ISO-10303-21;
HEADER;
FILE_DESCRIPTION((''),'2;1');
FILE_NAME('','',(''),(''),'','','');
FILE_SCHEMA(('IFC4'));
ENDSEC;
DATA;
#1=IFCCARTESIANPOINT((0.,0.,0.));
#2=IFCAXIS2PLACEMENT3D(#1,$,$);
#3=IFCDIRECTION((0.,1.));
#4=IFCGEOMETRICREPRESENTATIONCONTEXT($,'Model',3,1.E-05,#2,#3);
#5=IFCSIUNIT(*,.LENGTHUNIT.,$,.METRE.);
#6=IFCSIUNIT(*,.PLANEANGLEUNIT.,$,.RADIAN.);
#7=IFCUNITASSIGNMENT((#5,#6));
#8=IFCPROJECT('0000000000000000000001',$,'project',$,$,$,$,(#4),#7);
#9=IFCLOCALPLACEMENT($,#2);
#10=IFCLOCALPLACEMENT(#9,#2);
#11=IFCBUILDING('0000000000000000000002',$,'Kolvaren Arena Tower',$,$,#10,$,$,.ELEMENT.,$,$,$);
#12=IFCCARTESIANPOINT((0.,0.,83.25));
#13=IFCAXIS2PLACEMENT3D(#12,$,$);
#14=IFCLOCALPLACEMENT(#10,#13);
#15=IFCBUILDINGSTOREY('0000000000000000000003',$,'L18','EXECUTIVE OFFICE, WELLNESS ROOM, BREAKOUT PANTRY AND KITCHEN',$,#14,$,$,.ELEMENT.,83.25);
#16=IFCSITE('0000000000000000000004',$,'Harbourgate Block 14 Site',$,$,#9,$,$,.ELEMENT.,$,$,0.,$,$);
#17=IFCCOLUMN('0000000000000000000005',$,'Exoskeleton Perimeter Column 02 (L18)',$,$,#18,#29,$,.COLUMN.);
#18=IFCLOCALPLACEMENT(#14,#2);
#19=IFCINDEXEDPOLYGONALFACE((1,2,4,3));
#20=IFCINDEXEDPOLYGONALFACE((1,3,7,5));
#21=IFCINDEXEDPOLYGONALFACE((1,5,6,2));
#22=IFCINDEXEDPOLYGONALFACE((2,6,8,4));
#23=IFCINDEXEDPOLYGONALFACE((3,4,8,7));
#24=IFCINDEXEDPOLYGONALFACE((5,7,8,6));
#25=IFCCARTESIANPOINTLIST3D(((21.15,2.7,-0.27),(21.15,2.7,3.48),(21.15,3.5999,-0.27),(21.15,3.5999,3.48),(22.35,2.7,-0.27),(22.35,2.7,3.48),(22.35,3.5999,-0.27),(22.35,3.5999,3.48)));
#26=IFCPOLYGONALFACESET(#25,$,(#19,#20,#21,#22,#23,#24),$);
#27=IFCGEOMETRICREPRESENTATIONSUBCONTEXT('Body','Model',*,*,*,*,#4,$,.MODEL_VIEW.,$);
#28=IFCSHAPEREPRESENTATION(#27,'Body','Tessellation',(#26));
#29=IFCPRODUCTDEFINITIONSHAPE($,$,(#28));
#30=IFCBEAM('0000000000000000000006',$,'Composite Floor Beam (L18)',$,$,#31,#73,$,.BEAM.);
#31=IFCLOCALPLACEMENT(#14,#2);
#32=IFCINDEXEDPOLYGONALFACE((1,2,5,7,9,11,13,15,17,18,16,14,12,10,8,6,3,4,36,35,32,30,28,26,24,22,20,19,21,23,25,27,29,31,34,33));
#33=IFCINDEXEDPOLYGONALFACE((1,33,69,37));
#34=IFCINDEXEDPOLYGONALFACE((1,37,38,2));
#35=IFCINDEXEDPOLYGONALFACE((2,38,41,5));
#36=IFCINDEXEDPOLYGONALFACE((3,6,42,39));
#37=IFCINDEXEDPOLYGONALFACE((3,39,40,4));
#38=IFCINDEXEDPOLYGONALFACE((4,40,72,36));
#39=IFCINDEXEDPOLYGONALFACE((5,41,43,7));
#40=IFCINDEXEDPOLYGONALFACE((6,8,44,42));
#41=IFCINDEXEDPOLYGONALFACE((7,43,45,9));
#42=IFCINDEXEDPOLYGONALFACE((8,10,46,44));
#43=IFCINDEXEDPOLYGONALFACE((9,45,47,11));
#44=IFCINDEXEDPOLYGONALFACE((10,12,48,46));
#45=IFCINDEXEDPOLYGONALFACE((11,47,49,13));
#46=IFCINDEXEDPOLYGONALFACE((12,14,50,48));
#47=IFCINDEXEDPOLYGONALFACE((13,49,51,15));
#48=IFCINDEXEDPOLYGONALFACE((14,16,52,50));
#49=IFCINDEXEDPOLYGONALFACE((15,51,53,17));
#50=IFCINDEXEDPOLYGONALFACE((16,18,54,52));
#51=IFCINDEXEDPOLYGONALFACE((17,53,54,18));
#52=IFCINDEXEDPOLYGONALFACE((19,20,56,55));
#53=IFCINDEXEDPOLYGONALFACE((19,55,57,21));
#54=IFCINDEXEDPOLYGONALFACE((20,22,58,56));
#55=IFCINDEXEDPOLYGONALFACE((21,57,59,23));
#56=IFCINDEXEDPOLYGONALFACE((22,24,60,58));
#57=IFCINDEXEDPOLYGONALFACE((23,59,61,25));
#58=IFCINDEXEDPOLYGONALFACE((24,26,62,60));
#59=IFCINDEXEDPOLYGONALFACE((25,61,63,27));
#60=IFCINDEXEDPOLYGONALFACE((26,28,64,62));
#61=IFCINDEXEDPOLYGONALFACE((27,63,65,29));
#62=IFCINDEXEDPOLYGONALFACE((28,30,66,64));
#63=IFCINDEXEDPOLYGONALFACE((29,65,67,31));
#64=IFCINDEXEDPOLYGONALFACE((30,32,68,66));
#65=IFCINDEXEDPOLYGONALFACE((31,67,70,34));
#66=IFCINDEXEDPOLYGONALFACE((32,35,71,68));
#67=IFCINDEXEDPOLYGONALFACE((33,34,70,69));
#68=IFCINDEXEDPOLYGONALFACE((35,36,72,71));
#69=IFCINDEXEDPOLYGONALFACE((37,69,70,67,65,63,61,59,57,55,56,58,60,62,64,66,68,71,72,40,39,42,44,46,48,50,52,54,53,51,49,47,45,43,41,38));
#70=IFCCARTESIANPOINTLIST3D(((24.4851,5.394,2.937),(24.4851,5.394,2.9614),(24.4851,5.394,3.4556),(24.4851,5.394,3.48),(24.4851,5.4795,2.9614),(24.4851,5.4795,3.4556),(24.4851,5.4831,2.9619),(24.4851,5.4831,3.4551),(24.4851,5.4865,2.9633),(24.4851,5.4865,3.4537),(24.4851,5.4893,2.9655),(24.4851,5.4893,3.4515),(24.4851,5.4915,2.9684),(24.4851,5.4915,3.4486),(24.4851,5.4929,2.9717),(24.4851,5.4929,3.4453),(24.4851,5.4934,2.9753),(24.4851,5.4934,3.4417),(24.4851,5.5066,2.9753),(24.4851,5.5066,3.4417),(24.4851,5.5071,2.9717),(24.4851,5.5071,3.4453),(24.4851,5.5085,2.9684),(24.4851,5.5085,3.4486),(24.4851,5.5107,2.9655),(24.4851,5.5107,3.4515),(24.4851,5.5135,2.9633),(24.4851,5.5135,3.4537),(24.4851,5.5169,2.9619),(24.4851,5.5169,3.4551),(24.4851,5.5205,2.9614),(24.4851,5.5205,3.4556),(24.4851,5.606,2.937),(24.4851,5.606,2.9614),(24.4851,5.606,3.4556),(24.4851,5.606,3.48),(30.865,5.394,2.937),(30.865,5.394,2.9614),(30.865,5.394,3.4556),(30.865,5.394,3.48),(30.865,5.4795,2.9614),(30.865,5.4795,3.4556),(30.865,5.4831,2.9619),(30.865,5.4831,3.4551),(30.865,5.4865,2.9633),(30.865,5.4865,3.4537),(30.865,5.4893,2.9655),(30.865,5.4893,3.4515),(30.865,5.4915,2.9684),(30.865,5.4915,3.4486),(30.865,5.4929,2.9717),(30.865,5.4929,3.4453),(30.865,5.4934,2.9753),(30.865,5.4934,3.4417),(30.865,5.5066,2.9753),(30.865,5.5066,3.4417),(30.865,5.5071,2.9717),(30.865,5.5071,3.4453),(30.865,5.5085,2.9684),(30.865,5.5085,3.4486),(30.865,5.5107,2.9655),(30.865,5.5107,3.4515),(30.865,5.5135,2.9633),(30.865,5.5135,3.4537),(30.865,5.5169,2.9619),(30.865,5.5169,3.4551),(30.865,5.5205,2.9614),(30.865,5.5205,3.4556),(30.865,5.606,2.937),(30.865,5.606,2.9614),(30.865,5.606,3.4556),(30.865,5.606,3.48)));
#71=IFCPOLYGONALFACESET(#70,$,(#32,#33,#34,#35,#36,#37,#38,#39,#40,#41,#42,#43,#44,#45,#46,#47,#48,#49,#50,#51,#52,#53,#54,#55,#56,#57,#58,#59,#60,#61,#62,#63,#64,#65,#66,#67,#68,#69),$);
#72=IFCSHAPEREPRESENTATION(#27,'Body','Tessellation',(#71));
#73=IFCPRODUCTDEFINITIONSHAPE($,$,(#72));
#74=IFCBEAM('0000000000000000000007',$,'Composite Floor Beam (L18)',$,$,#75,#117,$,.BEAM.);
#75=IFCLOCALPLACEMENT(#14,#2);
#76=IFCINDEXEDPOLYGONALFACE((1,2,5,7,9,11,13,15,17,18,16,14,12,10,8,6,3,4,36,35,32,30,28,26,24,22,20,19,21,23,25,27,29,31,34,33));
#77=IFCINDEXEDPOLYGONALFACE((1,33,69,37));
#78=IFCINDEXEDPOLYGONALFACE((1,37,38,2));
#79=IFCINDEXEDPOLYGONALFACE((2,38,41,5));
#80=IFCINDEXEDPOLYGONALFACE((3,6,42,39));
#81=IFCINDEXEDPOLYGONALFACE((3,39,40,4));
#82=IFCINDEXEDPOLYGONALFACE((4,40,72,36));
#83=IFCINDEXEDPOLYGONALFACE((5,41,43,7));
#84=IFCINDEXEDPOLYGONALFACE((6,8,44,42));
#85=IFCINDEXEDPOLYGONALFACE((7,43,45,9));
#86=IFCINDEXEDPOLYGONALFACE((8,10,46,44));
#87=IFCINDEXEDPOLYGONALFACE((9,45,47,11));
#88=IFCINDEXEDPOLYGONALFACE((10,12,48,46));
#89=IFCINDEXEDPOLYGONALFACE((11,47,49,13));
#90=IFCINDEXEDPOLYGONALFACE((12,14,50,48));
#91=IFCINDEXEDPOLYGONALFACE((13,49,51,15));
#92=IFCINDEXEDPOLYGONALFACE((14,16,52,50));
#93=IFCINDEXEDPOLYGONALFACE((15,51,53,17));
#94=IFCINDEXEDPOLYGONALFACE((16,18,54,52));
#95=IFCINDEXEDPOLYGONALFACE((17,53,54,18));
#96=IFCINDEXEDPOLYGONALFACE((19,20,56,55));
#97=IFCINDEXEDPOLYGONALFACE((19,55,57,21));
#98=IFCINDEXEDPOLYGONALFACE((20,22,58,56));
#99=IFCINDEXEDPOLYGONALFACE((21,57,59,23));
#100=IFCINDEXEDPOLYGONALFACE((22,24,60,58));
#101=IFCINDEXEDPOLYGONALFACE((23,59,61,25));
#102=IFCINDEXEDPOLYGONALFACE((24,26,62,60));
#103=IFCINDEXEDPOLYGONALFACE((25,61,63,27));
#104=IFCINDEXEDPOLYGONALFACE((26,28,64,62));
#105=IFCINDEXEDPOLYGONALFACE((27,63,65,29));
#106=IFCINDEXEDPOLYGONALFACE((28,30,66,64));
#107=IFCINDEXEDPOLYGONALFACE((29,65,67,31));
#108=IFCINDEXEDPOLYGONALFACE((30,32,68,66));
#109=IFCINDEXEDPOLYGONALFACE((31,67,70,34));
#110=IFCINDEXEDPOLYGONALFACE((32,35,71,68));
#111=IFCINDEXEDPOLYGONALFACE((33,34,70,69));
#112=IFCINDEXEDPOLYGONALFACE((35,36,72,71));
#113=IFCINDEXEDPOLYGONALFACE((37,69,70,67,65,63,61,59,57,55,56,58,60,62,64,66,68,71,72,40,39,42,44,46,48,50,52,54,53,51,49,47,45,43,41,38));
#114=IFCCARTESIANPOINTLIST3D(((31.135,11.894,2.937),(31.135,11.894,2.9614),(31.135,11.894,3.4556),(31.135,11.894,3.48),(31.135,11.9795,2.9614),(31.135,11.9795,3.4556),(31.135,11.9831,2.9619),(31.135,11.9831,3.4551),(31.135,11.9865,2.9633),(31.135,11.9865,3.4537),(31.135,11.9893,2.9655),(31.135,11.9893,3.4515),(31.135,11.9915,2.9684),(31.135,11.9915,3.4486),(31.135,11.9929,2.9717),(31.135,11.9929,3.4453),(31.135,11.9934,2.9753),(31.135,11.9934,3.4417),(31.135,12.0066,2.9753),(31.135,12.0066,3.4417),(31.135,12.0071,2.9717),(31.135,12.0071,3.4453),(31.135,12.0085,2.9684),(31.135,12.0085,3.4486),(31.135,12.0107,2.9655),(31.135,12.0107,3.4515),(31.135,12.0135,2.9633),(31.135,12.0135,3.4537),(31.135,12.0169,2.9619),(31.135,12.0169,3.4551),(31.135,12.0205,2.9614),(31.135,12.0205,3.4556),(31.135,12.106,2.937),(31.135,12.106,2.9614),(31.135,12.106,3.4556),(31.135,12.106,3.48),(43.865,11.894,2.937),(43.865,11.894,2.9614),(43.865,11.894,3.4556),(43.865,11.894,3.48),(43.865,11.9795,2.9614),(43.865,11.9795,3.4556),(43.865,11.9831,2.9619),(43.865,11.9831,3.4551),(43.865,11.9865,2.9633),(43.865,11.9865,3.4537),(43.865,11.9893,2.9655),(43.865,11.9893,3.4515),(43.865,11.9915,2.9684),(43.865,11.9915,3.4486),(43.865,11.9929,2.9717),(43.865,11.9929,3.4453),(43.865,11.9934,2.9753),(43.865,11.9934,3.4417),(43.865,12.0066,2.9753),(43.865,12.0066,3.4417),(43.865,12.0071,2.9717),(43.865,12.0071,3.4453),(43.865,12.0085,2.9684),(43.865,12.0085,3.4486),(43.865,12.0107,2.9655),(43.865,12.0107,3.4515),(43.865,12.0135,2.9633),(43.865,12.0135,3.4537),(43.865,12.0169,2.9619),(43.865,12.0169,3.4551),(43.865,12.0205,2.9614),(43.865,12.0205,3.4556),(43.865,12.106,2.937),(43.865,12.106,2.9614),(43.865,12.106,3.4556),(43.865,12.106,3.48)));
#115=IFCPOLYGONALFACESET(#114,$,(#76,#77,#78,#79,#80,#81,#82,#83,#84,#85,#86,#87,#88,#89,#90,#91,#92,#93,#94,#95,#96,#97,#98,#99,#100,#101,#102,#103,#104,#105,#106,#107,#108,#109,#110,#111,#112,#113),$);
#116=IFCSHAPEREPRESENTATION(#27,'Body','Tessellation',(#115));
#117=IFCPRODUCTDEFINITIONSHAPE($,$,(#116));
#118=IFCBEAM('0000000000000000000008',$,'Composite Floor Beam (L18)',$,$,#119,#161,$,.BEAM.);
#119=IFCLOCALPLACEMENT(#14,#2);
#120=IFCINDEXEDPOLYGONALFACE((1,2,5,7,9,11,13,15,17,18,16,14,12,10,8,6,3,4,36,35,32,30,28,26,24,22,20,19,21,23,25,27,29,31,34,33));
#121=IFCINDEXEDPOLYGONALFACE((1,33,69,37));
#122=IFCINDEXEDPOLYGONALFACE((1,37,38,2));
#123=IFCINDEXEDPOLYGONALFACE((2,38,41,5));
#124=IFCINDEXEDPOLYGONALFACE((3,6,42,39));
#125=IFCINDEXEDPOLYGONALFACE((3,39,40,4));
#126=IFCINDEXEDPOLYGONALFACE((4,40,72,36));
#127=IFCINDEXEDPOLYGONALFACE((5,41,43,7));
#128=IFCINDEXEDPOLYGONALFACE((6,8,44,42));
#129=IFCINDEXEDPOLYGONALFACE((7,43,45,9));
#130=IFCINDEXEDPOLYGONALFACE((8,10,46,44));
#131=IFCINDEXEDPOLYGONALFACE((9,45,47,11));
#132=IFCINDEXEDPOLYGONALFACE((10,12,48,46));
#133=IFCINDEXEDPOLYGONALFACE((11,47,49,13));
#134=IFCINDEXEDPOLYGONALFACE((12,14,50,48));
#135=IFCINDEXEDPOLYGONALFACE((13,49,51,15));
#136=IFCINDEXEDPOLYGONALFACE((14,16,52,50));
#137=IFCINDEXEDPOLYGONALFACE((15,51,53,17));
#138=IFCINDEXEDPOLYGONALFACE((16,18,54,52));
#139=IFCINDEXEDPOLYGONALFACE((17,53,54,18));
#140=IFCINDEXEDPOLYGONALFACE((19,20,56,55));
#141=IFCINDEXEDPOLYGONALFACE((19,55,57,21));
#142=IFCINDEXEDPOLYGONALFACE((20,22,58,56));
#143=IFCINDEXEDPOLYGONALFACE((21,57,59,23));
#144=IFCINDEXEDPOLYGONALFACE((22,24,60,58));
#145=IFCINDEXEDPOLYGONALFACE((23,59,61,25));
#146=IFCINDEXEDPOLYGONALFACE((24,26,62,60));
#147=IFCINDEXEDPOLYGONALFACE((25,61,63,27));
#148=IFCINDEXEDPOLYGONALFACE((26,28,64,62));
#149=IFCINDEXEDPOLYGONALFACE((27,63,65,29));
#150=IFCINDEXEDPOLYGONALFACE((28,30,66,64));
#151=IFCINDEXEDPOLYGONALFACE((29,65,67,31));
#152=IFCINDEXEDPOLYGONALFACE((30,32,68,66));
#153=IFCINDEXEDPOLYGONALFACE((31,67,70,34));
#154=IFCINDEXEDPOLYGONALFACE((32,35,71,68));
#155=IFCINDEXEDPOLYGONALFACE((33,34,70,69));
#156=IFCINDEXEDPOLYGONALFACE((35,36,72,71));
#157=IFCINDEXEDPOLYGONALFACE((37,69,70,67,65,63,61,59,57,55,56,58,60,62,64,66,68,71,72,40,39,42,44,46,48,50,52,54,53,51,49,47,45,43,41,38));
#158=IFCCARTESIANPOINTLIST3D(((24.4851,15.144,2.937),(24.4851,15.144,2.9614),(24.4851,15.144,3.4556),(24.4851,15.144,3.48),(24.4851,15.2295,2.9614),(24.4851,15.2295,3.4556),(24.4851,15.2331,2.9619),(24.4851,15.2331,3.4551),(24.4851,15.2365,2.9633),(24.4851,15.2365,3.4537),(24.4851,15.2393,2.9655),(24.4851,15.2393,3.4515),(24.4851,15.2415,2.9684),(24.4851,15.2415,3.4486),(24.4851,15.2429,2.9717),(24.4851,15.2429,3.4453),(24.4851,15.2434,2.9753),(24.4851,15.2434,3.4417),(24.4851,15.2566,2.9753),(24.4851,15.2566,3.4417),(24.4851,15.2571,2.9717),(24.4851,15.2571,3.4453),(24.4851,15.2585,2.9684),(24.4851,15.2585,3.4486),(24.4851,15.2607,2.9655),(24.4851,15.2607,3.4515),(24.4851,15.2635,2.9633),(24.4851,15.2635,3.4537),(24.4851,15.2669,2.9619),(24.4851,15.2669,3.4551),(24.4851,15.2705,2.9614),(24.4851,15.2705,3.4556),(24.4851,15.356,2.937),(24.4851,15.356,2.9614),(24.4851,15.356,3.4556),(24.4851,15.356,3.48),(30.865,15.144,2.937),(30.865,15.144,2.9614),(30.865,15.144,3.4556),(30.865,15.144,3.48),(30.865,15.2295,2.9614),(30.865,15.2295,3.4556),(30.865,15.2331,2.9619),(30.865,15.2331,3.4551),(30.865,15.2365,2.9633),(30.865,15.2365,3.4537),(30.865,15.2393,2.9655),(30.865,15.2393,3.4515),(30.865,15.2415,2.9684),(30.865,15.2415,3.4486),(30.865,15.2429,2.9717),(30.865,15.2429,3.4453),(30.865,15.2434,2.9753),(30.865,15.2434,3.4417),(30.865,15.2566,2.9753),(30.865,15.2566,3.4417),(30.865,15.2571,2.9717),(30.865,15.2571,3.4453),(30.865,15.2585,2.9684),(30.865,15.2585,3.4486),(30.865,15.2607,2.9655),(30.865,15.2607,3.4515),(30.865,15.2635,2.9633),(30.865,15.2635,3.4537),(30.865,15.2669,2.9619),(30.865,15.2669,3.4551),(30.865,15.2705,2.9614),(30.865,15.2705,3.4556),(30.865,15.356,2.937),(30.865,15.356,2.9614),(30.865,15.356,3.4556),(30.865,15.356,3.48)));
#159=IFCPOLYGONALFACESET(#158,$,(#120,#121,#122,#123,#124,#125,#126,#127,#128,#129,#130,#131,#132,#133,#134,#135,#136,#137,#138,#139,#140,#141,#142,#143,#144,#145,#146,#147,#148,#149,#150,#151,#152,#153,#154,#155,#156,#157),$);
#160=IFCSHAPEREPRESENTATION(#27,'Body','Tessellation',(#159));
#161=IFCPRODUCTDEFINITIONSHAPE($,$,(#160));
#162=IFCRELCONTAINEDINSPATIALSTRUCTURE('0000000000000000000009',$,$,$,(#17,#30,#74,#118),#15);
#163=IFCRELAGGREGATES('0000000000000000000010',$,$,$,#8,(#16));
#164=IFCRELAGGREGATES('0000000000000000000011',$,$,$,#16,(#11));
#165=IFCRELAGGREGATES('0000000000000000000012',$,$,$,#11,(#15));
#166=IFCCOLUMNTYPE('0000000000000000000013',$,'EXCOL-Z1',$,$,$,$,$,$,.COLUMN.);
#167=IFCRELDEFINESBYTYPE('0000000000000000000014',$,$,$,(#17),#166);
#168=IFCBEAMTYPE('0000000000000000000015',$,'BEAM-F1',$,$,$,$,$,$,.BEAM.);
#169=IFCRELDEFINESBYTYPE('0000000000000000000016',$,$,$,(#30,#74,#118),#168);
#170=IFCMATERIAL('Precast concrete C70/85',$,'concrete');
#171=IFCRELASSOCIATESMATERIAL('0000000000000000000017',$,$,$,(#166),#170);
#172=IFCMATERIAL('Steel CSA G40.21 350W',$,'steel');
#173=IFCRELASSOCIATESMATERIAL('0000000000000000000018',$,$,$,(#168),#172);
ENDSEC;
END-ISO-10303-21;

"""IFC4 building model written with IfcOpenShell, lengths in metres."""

from ifc_helpers import new_model, si_unit, direction, frame, origin, origin_2d, place, context, subcontext, project, spatial, rectangle, i_section, extrude, material, material_profile, profile_set, type_object, element, save


model = new_model("IFC4")

# Units and contexts
model_context = context("Model", 3, precision=1e-05, world=origin(), true_north=direction((0.0, 1.0)))
body_context = subcontext(model_context, "Body", "Model", "MODEL_VIEW")
ifc_project = project(units=[si_unit("LENGTHUNIT", "METRE"), si_unit("PLANEANGLEUNIT", "RADIAN")], contexts=[model_context])

# Site, building, storey
site_placement = place(None, origin())
site = spatial("IfcSite", under=ifc_project, at=site_placement, Name="Harbourgate Block 14 Site", CompositionType="ELEMENT", RefElevation=0.0)
building_placement = place(site_placement, origin())
building = spatial("IfcBuilding", under=site, at=building_placement, Name="Kolvaren Arena Tower", CompositionType="ELEMENT")
storey_placement = place(building_placement, frame((0.0, 0.0, 83.25)))
storey = spatial("IfcBuildingStorey", under=building, at=storey_placement, Name="L18", Description="EXECUTIVE OFFICE, WELLNESS ROOM, BREAKOUT PANTRY AND KITCHEN", CompositionType="ELEMENT", Elevation=83.25)

# Column
ifc_material_1 = material(Name="Precast concrete C70/85", Category="concrete")
ifc_material_profile_1 = material_profile(ifc_material_1, rectangle(XDim=1.2, YDim=0.8999, at=origin_2d()), Name="RC-1200x900")
ifc_profile_set_1 = profile_set([ifc_material_profile_1], Name="Precast concrete C70/85")
column_type = type_object("IfcColumnType", Name="EXCOL-Z1", PredefinedType="COLUMN", material=ifc_profile_set_1)
column_placement = place(storey_placement, frame((21.75, 3.1499, -0.27), z_axis=(0.0, 0.0, 1.0), x_axis=(1.0, 0.0, 0.0)))
element("IfcColumn", 1, at=column_placement, inside=storey, type_object=column_type, Name="Exoskeleton Perimeter Column 02 (L18)", PredefinedType="COLUMN", context=body_context, shape_type="SweptSolid", body=[
    extrude(rectangle(XDim=1.2, YDim=0.8999, at=origin_2d()), origin(), (0.0, 0.0, 1.0), 3.75),
])

# Beams
ifc_material_2 = material(Name="Steel CSA G40.21 350W", Category="steel")
ifc_material_profile_2 = material_profile(ifc_material_2, i_section(OverallWidth=0.2119, OverallDepth=0.543, WebThickness=0.0132, FlangeThickness=0.0244, FilletRadius=0.0139, at=origin_2d()), Name="W530x150")
ifc_profile_set_2 = profile_set([ifc_material_profile_2], Name="Steel CSA G40.21 350W")
beam_type_1 = type_object("IfcBeamType", Name="BEAM-F1", PredefinedType="BEAM", material=ifc_profile_set_2)
beam_1_placement = place(storey_placement, frame((24.4851, 5.5, 3.2085), z_axis=(1.0, 0.0, 0.0), x_axis=(0.0, 1.0, 0.0)))
element("IfcBeam", 2, at=beam_1_placement, inside=storey, type_object=beam_type_1, Name="Composite Floor Beam (L18)", PredefinedType="BEAM", context=body_context, shape_type="SweptSolid", body=[
    extrude(i_section(OverallWidth=0.2119, OverallDepth=0.543, WebThickness=0.0132, FlangeThickness=0.0244, FilletRadius=0.0139, at=origin_2d()), origin(), (0.0, 0.0, 1.0), 6.3799),
])
beam_2_placement = place(storey_placement, frame((31.135, 12.0, 3.2085), z_axis=(1.0, 0.0, 0.0), x_axis=(0.0, 1.0, 0.0)))
element("IfcBeam", 3, at=beam_2_placement, inside=storey, type_object=beam_type_1, Name="Composite Floor Beam (L18)", PredefinedType="BEAM", context=body_context, shape_type="SweptSolid", body=[
    extrude(i_section(OverallWidth=0.2119, OverallDepth=0.543, WebThickness=0.0132, FlangeThickness=0.0244, FilletRadius=0.0139, at=origin_2d()), origin(), (0.0, 0.0, 1.0), 12.73),
])
beam_3_placement = place(storey_placement, frame((24.4851, 15.25, 3.2085), z_axis=(1.0, 0.0, 0.0), x_axis=(0.0, 1.0, 0.0)))
element("IfcBeam", 4, at=beam_3_placement, inside=storey, type_object=beam_type_1, Name="Composite Floor Beam (L18)", PredefinedType="BEAM", context=body_context, shape_type="SweptSolid", body=[
    extrude(i_section(OverallWidth=0.2119, OverallDepth=0.543, WebThickness=0.0132, FlangeThickness=0.0244, FilletRadius=0.0139, at=origin_2d()), origin(), (0.0, 0.0, 1.0), 6.3799),
])

save(model, "model.ifc")
